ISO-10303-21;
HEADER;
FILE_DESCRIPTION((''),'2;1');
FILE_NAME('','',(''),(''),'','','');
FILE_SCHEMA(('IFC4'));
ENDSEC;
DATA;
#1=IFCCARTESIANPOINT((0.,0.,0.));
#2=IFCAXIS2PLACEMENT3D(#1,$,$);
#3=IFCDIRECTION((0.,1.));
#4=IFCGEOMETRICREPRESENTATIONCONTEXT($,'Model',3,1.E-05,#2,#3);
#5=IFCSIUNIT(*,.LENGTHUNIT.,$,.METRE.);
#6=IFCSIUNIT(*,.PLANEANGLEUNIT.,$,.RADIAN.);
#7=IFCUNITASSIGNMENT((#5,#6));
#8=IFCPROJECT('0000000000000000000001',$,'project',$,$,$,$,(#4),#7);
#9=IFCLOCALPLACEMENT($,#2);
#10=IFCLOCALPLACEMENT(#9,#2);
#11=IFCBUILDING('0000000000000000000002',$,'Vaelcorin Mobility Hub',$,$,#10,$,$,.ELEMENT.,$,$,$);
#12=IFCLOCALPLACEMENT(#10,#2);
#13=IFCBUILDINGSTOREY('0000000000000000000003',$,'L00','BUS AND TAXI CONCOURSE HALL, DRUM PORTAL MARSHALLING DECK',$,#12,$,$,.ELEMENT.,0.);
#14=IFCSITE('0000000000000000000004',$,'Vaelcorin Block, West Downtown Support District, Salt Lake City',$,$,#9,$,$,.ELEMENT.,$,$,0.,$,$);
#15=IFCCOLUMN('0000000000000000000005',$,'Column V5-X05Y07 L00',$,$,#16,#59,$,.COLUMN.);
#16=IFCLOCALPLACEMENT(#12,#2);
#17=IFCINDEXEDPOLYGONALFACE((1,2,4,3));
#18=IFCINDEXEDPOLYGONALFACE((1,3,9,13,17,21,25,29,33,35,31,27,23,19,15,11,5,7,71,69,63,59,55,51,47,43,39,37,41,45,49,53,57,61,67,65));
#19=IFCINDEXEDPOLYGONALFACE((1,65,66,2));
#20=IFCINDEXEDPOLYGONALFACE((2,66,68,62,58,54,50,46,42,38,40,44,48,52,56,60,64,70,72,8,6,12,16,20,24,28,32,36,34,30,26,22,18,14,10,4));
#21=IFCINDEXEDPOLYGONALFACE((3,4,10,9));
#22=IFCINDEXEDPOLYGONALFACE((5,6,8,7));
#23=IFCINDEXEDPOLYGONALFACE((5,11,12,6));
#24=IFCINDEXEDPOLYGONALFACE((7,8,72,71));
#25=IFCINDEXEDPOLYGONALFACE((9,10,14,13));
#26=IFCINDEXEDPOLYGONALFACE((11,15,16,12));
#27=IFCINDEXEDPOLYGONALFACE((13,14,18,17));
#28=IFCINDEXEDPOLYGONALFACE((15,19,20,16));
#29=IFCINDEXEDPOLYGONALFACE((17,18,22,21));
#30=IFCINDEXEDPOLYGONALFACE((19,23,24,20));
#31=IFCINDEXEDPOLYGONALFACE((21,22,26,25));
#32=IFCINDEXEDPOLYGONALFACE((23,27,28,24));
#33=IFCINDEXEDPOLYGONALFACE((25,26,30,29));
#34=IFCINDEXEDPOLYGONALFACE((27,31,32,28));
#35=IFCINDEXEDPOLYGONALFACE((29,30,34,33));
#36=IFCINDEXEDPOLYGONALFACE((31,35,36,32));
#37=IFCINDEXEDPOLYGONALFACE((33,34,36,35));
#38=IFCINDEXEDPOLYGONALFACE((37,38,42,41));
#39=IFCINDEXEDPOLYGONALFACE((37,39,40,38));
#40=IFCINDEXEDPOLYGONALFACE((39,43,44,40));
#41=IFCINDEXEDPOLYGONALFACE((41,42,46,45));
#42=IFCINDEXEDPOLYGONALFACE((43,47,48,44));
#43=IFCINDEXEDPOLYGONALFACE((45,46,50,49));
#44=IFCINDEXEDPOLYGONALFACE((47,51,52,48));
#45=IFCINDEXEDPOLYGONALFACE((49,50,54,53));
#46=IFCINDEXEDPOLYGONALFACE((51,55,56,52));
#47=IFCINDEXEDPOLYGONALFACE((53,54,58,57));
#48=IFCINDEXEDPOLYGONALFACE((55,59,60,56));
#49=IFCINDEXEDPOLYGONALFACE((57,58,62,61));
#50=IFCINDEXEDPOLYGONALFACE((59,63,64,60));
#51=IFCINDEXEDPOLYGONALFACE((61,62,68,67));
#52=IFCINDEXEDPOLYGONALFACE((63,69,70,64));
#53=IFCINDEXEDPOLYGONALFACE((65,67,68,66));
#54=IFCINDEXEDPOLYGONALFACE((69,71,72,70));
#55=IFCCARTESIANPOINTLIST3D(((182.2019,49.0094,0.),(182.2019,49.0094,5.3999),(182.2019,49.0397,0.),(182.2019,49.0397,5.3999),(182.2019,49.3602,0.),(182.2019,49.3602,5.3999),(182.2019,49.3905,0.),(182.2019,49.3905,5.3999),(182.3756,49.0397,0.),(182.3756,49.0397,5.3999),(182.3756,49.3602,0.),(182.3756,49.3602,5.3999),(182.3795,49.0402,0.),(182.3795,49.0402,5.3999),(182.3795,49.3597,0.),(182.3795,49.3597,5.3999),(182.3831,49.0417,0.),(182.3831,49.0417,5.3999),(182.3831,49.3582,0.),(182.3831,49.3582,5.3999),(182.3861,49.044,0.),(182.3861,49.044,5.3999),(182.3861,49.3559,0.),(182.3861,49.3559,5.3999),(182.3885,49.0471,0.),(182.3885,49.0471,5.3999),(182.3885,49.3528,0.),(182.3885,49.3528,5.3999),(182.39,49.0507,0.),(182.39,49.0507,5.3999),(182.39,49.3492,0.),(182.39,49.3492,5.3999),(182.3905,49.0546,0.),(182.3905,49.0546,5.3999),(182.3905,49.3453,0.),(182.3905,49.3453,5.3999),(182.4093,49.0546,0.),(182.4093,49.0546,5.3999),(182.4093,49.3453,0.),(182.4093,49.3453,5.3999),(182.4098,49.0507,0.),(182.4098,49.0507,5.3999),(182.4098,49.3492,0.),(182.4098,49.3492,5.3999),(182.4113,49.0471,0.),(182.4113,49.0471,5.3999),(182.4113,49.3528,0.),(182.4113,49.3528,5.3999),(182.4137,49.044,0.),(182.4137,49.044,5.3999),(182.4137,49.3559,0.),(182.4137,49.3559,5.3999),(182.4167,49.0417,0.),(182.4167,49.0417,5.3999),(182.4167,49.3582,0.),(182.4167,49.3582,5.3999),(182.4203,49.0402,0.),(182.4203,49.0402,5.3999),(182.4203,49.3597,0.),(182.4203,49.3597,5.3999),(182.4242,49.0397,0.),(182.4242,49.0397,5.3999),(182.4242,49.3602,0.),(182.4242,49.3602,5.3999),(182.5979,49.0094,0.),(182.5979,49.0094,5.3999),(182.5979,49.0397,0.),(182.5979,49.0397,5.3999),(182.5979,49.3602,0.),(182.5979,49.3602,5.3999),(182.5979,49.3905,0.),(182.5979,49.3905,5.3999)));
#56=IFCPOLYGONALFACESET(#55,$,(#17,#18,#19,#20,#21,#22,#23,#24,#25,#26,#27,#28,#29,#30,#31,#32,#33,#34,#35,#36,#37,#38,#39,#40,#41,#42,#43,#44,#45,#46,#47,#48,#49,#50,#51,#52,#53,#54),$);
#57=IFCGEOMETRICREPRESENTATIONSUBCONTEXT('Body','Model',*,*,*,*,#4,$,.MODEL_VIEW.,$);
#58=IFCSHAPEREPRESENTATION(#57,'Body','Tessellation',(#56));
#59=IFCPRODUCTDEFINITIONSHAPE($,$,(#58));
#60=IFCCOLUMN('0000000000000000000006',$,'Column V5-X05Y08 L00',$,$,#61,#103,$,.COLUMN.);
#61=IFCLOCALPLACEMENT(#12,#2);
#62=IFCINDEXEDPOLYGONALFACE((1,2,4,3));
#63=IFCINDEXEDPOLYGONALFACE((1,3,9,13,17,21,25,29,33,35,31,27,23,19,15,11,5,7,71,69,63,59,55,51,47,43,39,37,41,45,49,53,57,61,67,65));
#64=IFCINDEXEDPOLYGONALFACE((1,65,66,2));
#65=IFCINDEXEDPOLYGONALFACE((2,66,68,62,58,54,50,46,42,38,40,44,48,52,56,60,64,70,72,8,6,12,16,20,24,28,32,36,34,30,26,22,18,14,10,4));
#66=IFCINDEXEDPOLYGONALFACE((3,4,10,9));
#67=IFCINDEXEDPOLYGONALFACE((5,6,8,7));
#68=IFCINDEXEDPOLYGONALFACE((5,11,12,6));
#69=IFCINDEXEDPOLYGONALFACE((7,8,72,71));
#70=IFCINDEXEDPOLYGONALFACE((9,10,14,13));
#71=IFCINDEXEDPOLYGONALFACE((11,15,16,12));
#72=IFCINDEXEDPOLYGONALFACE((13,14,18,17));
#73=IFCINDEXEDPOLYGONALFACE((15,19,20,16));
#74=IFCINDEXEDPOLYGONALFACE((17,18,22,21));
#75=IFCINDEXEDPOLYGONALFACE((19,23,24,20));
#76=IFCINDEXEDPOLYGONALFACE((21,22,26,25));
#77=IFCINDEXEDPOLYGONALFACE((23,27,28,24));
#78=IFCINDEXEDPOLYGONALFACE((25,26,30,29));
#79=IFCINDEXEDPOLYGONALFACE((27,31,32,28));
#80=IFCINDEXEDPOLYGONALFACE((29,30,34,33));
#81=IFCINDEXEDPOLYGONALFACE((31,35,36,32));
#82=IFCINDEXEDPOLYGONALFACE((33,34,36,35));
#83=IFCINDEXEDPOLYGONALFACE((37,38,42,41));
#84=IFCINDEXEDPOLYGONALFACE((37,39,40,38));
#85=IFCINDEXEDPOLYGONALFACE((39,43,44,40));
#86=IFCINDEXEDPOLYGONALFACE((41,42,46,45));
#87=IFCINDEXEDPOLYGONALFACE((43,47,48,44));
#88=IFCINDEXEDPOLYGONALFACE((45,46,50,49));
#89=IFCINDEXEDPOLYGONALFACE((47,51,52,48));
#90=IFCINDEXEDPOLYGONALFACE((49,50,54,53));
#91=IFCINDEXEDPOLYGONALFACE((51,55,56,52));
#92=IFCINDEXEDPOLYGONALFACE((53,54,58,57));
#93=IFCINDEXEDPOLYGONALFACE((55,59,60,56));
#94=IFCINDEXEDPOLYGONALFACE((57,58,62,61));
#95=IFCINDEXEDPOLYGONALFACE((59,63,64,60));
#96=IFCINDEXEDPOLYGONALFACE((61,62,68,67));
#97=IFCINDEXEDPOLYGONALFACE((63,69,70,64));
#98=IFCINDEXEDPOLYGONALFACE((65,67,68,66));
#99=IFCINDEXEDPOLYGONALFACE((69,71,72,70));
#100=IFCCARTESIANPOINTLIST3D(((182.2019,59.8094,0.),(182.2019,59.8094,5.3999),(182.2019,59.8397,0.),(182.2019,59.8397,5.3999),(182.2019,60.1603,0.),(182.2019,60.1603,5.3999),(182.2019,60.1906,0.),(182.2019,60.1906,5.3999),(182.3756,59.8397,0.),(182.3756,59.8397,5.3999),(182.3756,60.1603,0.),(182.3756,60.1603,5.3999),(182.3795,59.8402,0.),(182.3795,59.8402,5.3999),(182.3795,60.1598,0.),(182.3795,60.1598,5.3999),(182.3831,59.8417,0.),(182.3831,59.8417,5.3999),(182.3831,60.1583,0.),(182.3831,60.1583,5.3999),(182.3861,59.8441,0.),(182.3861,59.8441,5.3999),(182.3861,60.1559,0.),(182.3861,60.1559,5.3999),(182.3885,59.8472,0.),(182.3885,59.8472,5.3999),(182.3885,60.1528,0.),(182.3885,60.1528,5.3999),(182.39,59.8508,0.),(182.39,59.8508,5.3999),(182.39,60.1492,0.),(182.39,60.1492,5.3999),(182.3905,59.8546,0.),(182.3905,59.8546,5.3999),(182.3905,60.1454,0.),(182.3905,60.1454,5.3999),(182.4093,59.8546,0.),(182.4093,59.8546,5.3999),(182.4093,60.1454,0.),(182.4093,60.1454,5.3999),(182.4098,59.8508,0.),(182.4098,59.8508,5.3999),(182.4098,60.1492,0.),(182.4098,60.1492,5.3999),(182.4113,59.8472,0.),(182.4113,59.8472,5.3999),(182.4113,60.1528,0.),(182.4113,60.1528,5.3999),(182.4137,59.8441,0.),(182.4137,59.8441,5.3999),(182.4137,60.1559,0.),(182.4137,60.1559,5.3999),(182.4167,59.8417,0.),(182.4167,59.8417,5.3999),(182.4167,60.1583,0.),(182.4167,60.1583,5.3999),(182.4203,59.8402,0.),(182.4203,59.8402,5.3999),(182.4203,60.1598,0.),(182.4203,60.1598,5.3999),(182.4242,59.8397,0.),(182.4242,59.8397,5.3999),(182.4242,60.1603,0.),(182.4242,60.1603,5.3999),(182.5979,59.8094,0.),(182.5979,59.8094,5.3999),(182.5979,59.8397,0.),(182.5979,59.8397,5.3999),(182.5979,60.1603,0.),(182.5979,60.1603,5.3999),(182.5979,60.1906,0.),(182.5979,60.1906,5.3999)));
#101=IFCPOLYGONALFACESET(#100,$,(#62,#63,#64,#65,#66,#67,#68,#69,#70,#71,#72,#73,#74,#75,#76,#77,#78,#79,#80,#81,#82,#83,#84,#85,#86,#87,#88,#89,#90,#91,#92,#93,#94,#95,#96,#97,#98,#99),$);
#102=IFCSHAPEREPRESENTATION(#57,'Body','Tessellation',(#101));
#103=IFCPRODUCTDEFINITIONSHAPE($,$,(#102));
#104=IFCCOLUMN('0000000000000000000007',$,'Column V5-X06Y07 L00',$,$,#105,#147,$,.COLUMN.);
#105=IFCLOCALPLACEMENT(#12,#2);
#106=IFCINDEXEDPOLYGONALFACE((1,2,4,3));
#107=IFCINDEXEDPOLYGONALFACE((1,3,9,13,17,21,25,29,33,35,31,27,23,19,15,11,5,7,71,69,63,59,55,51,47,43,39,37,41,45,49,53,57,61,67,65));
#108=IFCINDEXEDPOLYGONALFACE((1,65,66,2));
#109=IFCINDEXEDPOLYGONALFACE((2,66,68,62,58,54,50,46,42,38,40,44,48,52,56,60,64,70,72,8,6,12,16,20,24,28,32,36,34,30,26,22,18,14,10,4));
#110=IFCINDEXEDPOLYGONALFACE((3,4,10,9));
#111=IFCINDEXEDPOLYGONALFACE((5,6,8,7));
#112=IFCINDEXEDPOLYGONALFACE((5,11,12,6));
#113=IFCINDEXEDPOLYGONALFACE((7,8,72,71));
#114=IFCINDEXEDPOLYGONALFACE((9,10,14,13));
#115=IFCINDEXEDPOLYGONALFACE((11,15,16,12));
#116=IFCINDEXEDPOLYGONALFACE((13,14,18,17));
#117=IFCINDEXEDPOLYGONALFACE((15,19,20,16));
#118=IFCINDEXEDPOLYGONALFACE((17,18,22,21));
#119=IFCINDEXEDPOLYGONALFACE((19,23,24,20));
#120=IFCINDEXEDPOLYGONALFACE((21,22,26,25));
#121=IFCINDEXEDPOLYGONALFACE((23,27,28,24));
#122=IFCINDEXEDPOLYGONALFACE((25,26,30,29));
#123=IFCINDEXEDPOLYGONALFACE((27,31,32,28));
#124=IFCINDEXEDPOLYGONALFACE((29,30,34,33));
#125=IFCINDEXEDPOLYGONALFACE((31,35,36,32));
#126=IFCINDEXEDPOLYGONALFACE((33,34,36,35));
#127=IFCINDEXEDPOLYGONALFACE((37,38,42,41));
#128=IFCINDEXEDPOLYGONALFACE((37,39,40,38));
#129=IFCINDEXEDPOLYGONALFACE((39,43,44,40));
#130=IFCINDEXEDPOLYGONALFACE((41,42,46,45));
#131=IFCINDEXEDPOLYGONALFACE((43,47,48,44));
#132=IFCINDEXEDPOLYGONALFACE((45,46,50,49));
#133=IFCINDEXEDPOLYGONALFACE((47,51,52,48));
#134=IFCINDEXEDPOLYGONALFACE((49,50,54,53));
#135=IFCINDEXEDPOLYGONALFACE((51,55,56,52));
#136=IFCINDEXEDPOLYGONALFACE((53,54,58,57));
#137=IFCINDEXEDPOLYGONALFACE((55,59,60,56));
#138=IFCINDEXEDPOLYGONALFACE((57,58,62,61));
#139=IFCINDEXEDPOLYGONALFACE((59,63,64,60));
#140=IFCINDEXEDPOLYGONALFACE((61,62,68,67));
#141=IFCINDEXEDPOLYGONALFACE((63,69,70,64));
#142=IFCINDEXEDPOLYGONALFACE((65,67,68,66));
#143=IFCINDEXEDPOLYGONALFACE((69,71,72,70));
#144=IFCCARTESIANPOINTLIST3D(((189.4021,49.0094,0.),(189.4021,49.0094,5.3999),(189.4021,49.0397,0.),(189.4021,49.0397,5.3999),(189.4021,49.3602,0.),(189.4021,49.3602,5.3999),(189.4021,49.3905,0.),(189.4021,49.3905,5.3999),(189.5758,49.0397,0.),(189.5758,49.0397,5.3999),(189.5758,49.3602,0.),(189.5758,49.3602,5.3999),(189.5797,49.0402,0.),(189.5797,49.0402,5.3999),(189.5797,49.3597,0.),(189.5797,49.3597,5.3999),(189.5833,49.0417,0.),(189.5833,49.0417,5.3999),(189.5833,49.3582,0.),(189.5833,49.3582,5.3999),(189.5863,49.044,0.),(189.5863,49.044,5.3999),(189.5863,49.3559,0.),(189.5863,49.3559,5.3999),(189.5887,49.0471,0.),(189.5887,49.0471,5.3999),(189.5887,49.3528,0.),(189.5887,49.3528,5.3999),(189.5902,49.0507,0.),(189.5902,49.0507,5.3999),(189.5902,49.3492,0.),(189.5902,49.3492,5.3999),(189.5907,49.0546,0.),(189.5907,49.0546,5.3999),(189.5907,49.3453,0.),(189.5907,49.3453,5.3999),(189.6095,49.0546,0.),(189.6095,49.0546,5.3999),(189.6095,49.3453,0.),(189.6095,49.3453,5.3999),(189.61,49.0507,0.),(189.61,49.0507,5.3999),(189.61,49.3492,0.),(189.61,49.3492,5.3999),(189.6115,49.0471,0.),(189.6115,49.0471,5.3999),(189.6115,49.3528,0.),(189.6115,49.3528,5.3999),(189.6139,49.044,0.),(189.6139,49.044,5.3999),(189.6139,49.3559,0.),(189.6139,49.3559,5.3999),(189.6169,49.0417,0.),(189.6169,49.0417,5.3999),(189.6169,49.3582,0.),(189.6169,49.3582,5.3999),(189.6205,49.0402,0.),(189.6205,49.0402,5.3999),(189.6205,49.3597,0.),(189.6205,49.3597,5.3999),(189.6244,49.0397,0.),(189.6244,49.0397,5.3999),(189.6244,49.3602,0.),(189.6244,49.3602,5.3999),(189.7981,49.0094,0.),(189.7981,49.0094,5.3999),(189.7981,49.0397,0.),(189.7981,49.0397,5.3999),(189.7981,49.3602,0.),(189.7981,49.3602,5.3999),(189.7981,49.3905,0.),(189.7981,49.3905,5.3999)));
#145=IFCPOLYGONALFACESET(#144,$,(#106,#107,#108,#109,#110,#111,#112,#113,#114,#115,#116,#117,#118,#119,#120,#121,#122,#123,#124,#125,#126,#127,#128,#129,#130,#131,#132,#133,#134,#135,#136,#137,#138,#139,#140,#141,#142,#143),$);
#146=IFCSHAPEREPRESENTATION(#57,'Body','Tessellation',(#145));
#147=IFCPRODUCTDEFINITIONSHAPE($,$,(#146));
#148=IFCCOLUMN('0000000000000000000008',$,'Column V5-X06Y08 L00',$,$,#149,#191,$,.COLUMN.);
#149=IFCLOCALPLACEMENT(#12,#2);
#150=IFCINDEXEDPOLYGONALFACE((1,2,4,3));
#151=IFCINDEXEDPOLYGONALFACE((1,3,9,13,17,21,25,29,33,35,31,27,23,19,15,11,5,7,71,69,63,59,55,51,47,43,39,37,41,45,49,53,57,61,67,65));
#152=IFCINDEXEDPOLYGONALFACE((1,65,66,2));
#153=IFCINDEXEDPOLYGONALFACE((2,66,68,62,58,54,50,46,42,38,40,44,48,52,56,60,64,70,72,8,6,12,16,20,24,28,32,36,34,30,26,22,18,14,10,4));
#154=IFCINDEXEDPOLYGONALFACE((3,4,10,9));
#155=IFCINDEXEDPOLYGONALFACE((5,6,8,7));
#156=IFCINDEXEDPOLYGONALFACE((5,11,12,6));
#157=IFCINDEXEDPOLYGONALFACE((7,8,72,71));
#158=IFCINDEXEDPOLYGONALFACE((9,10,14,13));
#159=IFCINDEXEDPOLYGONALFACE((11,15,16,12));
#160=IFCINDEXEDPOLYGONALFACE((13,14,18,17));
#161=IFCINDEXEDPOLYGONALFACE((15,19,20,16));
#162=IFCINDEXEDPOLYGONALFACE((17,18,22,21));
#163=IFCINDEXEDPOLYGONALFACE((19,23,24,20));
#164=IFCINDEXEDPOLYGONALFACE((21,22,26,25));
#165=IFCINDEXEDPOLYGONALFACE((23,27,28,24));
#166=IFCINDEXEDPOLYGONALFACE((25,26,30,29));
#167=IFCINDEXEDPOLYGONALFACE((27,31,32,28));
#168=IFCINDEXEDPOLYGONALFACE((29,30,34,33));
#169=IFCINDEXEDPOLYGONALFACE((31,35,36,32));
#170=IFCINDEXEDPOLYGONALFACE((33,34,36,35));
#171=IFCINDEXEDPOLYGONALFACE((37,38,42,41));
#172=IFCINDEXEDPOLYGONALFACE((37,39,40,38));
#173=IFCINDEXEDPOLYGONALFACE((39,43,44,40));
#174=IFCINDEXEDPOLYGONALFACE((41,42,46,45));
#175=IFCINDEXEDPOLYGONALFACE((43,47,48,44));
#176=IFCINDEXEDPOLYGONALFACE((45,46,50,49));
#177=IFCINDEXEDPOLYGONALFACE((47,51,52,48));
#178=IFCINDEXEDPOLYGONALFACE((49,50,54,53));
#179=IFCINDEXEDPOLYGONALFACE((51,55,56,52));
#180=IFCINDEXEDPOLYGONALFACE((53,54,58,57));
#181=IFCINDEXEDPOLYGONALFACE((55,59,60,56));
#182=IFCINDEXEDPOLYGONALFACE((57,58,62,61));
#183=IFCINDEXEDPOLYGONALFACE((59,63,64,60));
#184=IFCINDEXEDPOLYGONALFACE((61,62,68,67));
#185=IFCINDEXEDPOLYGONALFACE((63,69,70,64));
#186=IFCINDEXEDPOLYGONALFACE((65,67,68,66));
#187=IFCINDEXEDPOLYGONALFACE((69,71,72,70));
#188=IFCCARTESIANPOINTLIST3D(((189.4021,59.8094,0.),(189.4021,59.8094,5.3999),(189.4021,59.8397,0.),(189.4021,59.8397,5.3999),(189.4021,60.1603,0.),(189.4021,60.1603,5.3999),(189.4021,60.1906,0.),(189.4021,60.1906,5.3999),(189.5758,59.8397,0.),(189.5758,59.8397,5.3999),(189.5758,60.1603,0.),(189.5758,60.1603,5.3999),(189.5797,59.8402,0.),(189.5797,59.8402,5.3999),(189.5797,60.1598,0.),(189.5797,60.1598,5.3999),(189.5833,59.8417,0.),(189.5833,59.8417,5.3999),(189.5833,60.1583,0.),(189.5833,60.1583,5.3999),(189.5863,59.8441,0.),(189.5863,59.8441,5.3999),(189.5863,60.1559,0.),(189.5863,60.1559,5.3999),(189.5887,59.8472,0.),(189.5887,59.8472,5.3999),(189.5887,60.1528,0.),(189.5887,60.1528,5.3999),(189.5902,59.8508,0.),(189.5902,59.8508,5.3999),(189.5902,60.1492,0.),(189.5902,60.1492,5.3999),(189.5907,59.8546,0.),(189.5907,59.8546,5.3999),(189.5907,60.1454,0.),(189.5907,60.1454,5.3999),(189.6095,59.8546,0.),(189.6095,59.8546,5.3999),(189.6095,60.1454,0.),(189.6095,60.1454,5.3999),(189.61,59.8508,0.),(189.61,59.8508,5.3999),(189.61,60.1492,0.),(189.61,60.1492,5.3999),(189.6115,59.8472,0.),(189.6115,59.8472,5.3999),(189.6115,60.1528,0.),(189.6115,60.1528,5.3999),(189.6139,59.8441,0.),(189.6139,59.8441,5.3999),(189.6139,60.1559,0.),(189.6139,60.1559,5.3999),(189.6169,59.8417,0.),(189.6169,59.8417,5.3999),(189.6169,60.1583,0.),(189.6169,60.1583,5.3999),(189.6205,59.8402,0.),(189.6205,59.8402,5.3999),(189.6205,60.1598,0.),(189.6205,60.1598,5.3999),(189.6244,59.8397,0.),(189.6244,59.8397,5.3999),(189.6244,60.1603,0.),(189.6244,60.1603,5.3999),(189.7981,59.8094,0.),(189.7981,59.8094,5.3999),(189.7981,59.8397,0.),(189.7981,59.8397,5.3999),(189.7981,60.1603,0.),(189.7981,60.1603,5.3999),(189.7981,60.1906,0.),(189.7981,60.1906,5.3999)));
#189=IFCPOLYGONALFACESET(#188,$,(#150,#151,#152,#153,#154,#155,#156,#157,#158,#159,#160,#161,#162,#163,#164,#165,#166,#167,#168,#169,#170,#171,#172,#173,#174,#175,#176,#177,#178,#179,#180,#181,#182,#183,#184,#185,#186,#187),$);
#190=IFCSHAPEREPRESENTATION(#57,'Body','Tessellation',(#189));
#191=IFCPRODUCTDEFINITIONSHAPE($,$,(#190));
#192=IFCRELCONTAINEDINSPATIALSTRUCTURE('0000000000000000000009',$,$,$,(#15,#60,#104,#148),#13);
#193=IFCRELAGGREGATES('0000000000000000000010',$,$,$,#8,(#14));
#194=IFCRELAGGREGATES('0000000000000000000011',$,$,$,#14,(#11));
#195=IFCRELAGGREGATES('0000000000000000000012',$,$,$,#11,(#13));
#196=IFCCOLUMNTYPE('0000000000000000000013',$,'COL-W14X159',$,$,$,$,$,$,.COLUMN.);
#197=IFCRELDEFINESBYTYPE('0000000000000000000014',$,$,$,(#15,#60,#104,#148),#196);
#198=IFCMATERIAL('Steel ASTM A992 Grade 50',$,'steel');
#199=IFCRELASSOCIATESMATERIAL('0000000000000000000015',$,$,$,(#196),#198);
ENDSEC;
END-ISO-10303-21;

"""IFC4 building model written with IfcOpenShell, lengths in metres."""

from ifc_helpers import new_model, si_unit, direction, frame, origin, origin_2d, place, context, subcontext, project, spatial, i_section, extrude, material, material_profile, profile_set, type_object, element, save


model = new_model("IFC4")

# Units and contexts
model_context = context("Model", 3, precision=1e-05, world=origin(), true_north=direction((0.0, 1.0)))
body_context = subcontext(model_context, "Body", "Model", "MODEL_VIEW")
ifc_project = project(units=[si_unit("LENGTHUNIT", "METRE"), si_unit("PLANEANGLEUNIT", "RADIAN")], contexts=[model_context])

# Site, building, storey
site_placement = place(None, origin())
site = spatial("IfcSite", under=ifc_project, at=site_placement, Name="Vaelcorin Block, West Downtown Support District, Salt Lake City", CompositionType="ELEMENT", RefElevation=0.0)
building_placement = place(site_placement, origin())
building = spatial("IfcBuilding", under=site, at=building_placement, Name="Vaelcorin Mobility Hub", CompositionType="ELEMENT")
storey_placement = place(building_placement, origin())
storey = spatial("IfcBuildingStorey", under=building, at=storey_placement, Name="L00", Description="BUS AND TAXI CONCOURSE HALL, DRUM PORTAL MARSHALLING DECK", CompositionType="ELEMENT", Elevation=0.0)

# Columns
ifc_material = material(Name="Steel ASTM A992 Grade 50", Category="steel")
ifc_material_profile_1 = material_profile(ifc_material, i_section(OverallWidth=0.396, OverallDepth=0.3811, WebThickness=0.0188, FlangeThickness=0.0303, FilletRadius=0.0149, at=origin_2d()), Name="W14X159")
ifc_profile_set_1 = profile_set([ifc_material_profile_1], Name="Steel ASTM A992 Grade 50")
column_type = type_object("IfcColumnType", Name="COL-W14X159", PredefinedType="COLUMN", material=ifc_profile_set_1)
for number, where, z_axis, x_axis, name in (
    (1, (182.3999, 49.2, 0.0), (0.0, 0.0, 1.0), (1.0, 0.0, 0.0), "Column V5-X05Y07 L00"),
    (2, (182.3999, 60.0, 0.0), (0.0, 0.0, 1.0), (1.0, 0.0, 0.0), "Column V5-X05Y08 L00"),
    (3, (189.6001, 49.2, 0.0), (0.0, 0.0, 1.0), (1.0, 0.0, 0.0), "Column V5-X06Y07 L00"),
    (4, (189.6001, 60.0, 0.0), (0.0, 0.0, 1.0), (1.0, 0.0, 0.0), "Column V5-X06Y08 L00"),
):
    element("IfcColumn", number, at=place(storey_placement, frame(where, z_axis=z_axis, x_axis=x_axis)), inside=storey, type_object=column_type, Name=name, PredefinedType="COLUMN", context=body_context, shape_type="SweptSolid", body=[
        extrude(i_section(OverallWidth=0.396, OverallDepth=0.3811, WebThickness=0.0188, FlangeThickness=0.0303, FilletRadius=0.0149, at=origin_2d()), origin(), (0.0, 0.0, 1.0), 5.3999),
    ])

save(model, "model.ifc")
